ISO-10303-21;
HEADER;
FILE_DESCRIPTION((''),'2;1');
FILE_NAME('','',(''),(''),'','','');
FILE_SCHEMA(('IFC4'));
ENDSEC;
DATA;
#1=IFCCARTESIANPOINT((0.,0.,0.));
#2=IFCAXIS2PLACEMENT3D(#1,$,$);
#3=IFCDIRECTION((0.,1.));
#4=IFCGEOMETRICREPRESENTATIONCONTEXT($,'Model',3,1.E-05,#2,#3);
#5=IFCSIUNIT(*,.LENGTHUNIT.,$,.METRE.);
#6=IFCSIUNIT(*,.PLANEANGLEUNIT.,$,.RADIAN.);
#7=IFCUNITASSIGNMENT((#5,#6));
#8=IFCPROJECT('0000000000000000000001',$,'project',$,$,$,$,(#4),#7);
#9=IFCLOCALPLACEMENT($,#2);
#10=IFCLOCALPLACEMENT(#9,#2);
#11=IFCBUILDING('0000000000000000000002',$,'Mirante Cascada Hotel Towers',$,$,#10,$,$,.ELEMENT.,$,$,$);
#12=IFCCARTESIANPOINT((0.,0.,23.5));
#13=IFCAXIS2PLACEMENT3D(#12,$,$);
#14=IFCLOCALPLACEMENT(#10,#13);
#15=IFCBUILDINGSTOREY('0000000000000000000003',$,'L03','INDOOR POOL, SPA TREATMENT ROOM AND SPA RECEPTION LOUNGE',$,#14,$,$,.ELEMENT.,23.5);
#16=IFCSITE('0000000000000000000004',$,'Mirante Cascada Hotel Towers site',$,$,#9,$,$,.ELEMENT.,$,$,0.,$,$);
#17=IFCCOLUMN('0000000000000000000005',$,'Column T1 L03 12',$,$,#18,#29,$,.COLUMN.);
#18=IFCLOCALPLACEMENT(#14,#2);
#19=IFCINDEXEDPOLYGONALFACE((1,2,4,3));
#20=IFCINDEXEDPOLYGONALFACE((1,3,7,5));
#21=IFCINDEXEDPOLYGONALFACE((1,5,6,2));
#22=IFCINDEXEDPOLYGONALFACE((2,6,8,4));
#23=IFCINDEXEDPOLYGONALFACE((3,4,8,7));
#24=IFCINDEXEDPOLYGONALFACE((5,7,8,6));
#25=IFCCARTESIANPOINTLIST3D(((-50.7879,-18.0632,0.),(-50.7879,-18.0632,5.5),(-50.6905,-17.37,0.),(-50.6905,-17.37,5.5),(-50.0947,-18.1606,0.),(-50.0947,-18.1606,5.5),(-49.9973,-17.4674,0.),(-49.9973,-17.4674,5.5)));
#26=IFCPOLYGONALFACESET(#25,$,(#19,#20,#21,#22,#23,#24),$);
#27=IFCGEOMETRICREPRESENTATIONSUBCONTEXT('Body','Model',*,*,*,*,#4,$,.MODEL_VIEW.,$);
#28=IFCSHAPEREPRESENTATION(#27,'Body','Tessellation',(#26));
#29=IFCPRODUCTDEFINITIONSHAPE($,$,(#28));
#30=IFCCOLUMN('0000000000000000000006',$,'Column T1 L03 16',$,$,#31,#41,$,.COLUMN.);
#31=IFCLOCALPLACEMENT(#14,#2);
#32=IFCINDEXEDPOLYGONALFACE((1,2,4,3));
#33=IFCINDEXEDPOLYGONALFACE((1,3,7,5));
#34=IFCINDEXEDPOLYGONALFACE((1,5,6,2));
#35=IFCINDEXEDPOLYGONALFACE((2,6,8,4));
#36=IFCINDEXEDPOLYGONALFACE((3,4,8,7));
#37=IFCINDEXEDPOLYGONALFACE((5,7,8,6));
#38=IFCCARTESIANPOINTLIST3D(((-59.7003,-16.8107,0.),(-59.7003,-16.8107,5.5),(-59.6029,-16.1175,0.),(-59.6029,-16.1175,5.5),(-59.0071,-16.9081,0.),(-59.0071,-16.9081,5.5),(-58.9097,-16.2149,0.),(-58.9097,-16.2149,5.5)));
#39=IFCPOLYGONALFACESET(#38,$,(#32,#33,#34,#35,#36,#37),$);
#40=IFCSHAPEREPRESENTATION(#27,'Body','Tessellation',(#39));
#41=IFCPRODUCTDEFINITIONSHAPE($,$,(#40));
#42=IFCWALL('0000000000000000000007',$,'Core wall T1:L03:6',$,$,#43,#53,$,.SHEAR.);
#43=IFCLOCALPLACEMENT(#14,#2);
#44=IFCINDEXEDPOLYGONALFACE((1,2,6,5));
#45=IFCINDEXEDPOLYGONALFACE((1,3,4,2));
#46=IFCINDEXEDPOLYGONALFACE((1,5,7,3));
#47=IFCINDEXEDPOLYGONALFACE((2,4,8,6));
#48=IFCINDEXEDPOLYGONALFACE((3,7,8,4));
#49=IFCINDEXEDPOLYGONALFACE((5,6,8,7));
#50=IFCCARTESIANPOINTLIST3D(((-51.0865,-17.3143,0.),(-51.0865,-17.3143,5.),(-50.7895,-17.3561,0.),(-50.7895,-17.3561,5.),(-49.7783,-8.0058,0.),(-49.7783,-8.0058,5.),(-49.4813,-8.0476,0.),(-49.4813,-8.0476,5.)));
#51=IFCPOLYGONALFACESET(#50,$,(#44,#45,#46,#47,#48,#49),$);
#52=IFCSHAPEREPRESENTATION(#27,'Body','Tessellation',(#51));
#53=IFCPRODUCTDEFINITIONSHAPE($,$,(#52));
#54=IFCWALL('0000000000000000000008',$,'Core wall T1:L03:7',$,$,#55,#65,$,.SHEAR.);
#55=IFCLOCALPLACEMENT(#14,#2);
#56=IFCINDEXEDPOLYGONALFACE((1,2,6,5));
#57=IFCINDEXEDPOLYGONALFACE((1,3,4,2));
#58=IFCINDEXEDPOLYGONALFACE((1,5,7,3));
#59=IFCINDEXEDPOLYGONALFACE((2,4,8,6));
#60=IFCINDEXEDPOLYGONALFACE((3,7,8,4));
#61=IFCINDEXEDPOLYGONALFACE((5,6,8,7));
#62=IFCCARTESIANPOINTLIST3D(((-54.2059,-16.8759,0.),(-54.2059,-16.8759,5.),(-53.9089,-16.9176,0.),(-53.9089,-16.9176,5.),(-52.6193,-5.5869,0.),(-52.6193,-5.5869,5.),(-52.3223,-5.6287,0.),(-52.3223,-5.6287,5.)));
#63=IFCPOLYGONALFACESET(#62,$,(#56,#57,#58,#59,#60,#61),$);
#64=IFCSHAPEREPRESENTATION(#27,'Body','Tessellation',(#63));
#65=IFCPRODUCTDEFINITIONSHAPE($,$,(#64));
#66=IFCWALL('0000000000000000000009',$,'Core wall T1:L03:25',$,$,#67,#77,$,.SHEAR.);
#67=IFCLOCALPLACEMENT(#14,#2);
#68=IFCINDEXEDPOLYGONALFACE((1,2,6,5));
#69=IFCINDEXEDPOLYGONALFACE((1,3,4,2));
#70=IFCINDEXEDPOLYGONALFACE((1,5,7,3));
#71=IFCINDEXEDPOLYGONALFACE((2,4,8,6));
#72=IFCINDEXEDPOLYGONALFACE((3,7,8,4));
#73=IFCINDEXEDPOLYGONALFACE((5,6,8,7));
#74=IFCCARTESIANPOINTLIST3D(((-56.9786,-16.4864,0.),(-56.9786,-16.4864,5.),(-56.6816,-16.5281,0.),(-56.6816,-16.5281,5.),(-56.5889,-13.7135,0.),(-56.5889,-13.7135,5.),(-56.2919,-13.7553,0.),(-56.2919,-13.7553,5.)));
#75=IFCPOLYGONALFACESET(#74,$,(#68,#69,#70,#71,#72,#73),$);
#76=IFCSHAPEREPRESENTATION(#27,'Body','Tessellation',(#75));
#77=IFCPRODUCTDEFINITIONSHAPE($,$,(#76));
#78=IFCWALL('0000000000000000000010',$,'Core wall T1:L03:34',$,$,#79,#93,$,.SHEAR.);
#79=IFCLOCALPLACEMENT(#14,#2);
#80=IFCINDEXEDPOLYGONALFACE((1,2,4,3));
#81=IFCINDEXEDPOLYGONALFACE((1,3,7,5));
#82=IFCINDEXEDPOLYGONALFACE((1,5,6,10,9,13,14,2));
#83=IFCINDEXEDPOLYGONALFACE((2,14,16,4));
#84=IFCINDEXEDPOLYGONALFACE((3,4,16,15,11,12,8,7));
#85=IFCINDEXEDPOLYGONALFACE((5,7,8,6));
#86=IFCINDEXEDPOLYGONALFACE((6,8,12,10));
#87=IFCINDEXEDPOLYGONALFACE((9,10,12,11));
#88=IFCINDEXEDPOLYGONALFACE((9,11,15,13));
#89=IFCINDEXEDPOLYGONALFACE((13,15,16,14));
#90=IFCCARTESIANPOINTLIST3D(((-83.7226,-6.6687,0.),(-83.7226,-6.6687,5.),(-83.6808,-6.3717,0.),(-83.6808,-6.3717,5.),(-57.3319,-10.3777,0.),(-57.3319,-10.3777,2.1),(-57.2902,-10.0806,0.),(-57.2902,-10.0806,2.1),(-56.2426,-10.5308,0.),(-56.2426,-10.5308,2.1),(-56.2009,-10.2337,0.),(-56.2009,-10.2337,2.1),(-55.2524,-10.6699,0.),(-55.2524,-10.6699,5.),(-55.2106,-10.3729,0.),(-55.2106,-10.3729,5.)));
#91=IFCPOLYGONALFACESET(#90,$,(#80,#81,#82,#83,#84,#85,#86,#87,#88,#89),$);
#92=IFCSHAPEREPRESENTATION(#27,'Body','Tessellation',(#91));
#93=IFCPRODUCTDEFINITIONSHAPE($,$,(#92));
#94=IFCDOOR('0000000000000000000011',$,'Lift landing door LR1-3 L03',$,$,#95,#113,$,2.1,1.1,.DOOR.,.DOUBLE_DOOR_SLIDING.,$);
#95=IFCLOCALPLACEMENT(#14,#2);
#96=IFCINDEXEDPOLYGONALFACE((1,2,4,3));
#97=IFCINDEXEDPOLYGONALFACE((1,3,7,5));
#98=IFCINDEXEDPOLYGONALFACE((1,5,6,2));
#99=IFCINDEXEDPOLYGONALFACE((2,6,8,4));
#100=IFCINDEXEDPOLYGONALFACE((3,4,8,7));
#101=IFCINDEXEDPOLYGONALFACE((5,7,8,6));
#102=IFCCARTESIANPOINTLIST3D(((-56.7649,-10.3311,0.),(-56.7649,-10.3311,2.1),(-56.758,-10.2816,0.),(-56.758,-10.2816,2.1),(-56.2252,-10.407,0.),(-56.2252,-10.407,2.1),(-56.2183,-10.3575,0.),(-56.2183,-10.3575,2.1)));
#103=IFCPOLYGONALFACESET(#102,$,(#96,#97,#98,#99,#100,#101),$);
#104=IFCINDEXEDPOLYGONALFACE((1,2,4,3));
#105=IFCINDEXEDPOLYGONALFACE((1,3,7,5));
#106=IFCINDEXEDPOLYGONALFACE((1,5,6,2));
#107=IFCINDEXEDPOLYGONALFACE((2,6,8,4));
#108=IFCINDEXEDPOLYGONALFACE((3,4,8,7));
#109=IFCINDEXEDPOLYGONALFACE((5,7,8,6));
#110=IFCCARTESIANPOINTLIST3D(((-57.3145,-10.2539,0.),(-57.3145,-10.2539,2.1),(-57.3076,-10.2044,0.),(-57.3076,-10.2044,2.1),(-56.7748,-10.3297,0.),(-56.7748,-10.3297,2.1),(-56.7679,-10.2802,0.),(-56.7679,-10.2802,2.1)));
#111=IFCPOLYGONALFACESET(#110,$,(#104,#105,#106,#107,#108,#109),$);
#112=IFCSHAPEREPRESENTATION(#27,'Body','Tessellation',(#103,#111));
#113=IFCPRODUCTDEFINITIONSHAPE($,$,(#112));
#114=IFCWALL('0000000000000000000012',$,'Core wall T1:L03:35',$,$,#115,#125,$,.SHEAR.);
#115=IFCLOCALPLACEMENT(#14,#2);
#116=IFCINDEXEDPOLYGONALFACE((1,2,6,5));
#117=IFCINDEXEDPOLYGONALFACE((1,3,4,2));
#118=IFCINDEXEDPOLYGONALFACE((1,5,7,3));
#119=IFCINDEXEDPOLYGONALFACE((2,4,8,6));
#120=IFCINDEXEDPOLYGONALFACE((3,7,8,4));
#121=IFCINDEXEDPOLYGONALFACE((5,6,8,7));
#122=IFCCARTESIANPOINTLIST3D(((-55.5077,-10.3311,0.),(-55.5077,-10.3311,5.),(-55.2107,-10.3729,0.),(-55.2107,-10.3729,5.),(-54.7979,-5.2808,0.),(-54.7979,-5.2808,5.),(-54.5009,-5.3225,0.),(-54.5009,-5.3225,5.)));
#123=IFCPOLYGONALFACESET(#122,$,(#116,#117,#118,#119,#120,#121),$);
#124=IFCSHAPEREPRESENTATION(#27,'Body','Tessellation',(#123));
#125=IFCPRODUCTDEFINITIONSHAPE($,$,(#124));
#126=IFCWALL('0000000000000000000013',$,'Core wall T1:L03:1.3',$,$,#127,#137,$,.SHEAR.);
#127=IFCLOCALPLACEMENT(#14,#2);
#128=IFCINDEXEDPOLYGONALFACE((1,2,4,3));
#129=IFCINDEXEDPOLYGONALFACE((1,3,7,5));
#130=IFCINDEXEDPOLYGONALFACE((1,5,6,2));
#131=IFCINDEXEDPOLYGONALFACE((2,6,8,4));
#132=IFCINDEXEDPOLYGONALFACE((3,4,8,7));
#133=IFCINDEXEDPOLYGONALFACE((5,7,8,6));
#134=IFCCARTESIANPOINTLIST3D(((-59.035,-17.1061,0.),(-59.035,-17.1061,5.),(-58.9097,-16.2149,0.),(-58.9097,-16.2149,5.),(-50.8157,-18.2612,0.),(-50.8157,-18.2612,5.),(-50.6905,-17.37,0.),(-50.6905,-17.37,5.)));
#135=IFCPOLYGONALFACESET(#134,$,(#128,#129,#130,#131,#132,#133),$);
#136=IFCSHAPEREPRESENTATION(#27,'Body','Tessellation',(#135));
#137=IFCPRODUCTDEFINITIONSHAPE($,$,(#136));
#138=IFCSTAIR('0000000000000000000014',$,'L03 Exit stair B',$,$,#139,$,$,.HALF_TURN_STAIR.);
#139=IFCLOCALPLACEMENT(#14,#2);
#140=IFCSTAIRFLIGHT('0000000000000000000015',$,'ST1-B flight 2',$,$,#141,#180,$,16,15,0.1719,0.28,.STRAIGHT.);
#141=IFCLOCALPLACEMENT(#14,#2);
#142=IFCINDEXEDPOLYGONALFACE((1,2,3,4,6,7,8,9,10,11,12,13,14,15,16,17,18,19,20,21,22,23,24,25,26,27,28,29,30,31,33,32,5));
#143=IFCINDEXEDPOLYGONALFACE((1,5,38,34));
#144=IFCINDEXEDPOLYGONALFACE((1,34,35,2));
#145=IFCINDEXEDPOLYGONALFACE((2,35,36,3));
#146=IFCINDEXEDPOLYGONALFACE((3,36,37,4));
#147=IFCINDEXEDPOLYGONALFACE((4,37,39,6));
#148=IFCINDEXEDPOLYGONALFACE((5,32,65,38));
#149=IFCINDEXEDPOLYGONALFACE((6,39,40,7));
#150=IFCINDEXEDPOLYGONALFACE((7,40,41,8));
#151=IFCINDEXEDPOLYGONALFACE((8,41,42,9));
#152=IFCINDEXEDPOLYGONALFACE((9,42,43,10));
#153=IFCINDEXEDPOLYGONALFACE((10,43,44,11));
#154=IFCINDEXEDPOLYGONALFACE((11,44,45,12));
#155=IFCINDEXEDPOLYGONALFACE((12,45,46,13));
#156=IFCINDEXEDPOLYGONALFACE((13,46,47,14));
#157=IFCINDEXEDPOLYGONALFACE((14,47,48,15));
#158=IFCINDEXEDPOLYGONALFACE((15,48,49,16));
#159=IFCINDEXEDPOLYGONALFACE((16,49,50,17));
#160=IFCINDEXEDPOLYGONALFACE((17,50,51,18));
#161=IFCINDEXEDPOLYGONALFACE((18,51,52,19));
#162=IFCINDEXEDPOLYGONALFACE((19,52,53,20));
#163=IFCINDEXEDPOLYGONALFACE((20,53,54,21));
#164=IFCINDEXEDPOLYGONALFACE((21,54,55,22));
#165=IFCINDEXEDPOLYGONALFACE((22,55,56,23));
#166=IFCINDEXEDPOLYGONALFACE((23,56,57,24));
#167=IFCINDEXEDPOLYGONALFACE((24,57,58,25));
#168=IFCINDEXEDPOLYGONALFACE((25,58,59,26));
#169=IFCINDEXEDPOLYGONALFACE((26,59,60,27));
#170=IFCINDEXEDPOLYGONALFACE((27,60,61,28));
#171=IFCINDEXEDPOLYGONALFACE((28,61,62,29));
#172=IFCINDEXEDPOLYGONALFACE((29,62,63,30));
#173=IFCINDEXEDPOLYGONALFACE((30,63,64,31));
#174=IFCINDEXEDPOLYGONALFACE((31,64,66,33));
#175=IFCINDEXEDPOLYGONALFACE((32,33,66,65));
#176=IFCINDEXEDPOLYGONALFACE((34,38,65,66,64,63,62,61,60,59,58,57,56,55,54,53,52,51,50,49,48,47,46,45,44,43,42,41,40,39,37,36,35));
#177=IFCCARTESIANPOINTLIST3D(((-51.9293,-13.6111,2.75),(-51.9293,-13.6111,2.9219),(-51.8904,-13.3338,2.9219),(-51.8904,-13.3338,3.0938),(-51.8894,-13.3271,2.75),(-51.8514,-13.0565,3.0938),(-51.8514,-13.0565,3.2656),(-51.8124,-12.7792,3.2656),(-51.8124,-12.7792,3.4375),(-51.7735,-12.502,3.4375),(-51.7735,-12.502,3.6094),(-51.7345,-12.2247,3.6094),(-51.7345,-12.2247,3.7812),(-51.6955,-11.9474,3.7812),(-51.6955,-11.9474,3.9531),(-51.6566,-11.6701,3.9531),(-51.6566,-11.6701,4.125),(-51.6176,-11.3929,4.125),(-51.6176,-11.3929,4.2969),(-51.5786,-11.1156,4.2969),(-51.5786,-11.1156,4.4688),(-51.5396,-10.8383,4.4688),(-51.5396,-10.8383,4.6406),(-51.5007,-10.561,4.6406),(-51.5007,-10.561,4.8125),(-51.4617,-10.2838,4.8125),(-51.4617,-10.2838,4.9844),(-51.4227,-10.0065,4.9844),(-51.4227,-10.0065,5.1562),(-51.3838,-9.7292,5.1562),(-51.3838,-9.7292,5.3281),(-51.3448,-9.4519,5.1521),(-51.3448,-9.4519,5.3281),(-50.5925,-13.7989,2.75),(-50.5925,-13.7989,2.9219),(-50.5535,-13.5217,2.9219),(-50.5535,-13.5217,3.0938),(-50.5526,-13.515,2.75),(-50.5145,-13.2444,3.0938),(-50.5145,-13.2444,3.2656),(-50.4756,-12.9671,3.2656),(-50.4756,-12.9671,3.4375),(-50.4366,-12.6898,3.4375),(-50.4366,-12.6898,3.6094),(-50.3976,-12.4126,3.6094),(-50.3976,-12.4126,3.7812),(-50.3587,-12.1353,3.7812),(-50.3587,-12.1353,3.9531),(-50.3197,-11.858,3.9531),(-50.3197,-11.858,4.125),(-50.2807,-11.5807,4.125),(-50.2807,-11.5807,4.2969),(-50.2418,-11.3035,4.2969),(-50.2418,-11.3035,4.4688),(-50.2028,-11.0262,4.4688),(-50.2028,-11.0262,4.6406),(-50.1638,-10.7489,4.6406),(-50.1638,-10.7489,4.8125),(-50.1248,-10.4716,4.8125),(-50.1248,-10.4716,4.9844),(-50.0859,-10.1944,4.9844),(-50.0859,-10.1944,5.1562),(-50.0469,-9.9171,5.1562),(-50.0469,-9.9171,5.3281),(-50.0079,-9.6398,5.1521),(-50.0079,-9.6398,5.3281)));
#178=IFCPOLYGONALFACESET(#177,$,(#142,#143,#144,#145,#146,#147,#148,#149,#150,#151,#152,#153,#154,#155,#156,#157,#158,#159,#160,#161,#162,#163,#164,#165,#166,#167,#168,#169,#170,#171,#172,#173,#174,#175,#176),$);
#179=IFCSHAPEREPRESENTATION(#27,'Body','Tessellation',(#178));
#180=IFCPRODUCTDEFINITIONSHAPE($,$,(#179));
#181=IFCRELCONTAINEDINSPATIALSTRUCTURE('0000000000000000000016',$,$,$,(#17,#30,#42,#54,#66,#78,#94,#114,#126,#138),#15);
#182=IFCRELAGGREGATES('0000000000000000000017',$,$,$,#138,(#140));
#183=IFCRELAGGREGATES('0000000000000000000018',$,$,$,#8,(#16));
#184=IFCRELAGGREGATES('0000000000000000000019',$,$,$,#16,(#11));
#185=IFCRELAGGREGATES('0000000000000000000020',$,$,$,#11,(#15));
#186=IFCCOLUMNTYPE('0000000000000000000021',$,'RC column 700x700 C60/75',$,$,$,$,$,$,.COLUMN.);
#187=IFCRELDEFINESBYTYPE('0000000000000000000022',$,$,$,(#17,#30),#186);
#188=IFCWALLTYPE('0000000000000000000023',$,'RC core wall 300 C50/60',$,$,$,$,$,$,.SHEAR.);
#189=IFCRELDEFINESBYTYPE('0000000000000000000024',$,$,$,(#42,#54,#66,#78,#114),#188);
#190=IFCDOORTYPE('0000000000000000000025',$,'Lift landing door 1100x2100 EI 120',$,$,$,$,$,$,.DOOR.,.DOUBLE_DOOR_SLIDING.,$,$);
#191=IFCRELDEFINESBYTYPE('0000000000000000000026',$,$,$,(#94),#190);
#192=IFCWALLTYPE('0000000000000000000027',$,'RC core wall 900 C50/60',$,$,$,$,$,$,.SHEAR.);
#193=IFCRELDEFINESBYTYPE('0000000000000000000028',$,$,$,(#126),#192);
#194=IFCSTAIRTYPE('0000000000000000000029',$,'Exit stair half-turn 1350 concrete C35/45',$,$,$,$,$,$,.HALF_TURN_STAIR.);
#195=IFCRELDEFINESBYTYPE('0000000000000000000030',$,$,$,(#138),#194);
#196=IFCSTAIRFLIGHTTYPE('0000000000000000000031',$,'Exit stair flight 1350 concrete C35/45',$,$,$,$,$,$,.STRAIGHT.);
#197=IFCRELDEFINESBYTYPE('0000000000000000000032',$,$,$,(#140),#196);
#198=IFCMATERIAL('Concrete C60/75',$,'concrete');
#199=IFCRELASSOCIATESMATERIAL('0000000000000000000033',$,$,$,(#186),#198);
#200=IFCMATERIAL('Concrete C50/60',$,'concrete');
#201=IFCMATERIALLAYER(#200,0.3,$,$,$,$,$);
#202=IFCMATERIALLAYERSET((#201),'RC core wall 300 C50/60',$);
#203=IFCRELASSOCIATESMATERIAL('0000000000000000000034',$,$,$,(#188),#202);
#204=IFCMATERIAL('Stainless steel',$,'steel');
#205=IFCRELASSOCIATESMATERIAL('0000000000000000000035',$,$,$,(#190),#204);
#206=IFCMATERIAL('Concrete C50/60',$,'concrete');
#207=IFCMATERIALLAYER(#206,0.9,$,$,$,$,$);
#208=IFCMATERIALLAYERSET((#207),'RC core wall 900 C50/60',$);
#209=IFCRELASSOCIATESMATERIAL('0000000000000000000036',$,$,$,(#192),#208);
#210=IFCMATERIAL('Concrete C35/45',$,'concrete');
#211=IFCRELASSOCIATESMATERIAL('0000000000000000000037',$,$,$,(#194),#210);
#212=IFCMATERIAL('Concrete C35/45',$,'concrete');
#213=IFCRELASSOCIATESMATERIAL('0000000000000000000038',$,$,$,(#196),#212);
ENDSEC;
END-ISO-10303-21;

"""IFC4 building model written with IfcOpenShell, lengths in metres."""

from ifc_helpers import new_model, si_unit, direction, frame, frame_2d, origin, origin_2d, place, context, subcontext, project, spatial, polyline, rectangle, outline, extrude, material, layer, layer_set, material_profile, profile_set, type_object, element, fill, aggregate, save


model = new_model("IFC4")

# Units and contexts
model_context = context("Model", 3, precision=1e-05, world=origin(), true_north=direction((0.0, 1.0)))
body_context = subcontext(model_context, "Body", "Model", "MODEL_VIEW")
ifc_project = project(units=[si_unit("LENGTHUNIT", "METRE"), si_unit("PLANEANGLEUNIT", "RADIAN")], contexts=[model_context])

# Site, building, storey
site_placement = place(None, origin())
site = spatial("IfcSite", under=ifc_project, at=site_placement, Name="Mirante Cascada Hotel Towers site", CompositionType="ELEMENT", RefElevation=0.0)
building_placement = place(site_placement, origin())
building = spatial("IfcBuilding", under=site, at=building_placement, Name="Mirante Cascada Hotel Towers", CompositionType="ELEMENT")
storey_placement = place(building_placement, frame((0.0, 0.0, 23.5)))
storey = spatial("IfcBuildingStorey", under=building, at=storey_placement, Name="L03", Description="INDOOR POOL, SPA TREATMENT ROOM AND SPA RECEPTION LOUNGE", CompositionType="ELEMENT", Elevation=23.5)

# Columns
ifc_material_1 = material(Name="Concrete C60/75", Category="concrete")
ifc_material_profile = material_profile(ifc_material_1, rectangle(XDim=0.7, YDim=0.7, at=origin_2d()), Name="RC column 700x700 C60/75")
ifc_profile_set = profile_set([ifc_material_profile], Name="Concrete C60/75")
column_type = type_object("IfcColumnType", Name="RC column 700x700 C60/75", PredefinedType="COLUMN", material=ifc_profile_set)
for number, where, z_axis, x_axis, name in (
    (1, (-50.3926, -17.7653, 0.0), (0.0, 0.0, 1.0), (-0.990268, 0.139173, 0.0), "Column T1 L03 12"),
    (2, (-59.305, -16.5128, 0.0), (0.0, 0.0, 1.0), (-0.990268, 0.139173, 0.0), "Column T1 L03 16"),
):
    element("IfcColumn", number, at=place(storey_placement, frame(where, z_axis=z_axis, x_axis=x_axis)), inside=storey, type_object=column_type, Name=name, PredefinedType="COLUMN", context=body_context, shape_type="SweptSolid", body=[
        extrude(rectangle(XDim=0.7, YDim=0.7, at=origin_2d()), origin(), (0.0, 0.0, 1.0), 5.5),
    ])

# Walls
ifc_material_2 = material(Name="Concrete C50/60", Category="concrete")
ifc_layer_1 = layer(ifc_material_2, 0.3)
ifc_layer_set_1 = layer_set([ifc_layer_1], Name="RC core wall 300 C50/60")
wall_type_1 = type_object("IfcWallType", Name="RC core wall 300 C50/60", PredefinedType="SHEAR", material=ifc_layer_set_1)
wall_1_placement = place(storey_placement, frame((-50.938, -17.3352, 0.0), z_axis=(0.0, 0.0, 1.0), x_axis=(0.139171, 0.990268, 0.0)))
element("IfcWall", 3, at=wall_1_placement, inside=storey, type_object=wall_type_1, Name="Core wall T1:L03:6", PredefinedType="SHEAR", context=body_context, shape_type="SweptSolid", body=[
    extrude(rectangle(XDim=9.4, YDim=0.3, at=frame_2d((4.7, 0.0))), origin(), (0.0, 0.0, 1.0), 5.0),
])
wall_2_placement = place(storey_placement, frame((-54.0574, -16.8968, 0.0), z_axis=(0.0, 0.0, 1.0), x_axis=(0.139176, 0.990268, 0.0)))
element("IfcWall", 4, at=wall_2_placement, inside=storey, type_object=wall_type_1, Name="Core wall T1:L03:7", PredefinedType="SHEAR", context=body_context, shape_type="SweptSolid", body=[
    extrude(rectangle(XDim=11.3999, YDim=0.3, at=frame_2d((5.7, 0.0))), origin(), (0.0, 0.0, 1.0), 5.0),
])

# Shared definitions
ifc_material_3 = material(Name="Stainless steel", Category="steel")
door_type_1 = type_object("IfcDoorType", Name="Lift landing door 1100x2100 EI 120", OperationType="DOUBLE_DOOR_SLIDING", PredefinedType="DOOR", material=ifc_material_3)

# Wall
wall_3_placement = place(storey_placement, frame((-56.8301, -16.5072, 0.0), z_axis=(0.0, 0.0, 1.0), x_axis=(0.139176, 0.990268, 0.0)))
element("IfcWall", 5, at=wall_3_placement, inside=storey, type_object=wall_type_1, Name="Core wall T1:L03:25", PredefinedType="SHEAR", context=body_context, shape_type="SweptSolid", body=[
    extrude(rectangle(XDim=2.8001, YDim=0.3, at=frame_2d((1.4, 0.0))), origin(), (0.0, 0.0, 1.0), 5.0),
])

# Wall, opening, door
wall_4_placement = place(storey_placement, frame((-55.2315, -10.5214, 0.0), z_axis=(0.0, 0.0, 1.0), x_axis=(-0.990268, 0.139172, 0.0)))
wall_4 = element("IfcWall", 6, at=wall_4_placement, inside=storey, type_object=wall_type_1, Name="Core wall T1:L03:34", PredefinedType="SHEAR", context=body_context, shape_type="SweptSolid", body=[
    extrude(rectangle(XDim=28.75, YDim=0.3, at=frame_2d((14.375, 0.0))), origin(), (0.0, 0.0, 1.0), 5.0),
])
opening_1_placement = place(wall_4_placement, frame((1.0, 0.0, 0.0)))
opening_1 = element("IfcOpeningElement", 7, at=opening_1_placement, cuts=wall_4, PredefinedType="OPENING", context=body_context, shape_type="SweptSolid", body=[
    extrude(rectangle(XDim=1.1, YDim=2.1, at=frame_2d((0.55, 1.05))), frame((0.0, 0.15, 0.0), z_axis=(0.0, -1.0, 0.0), x_axis=(1.0, 0.0, 0.0)), (0.0, 0.0, 1.0), 0.3),
])
door_1_placement = place(opening_1_placement, origin())
door_1 = element("IfcDoor", 8, at=door_1_placement, inside=storey, type_object=door_type_1, Name="Lift landing door LR1-3 L03", OperationType="DOUBLE_DOOR_SLIDING", OverallHeight=2.1, OverallWidth=1.1, PredefinedType="DOOR", context=body_context, shape_type="SweptSolid", body=[
    extrude(rectangle(XDim=0.545, YDim=2.1, at=frame_2d((0.2725, 1.05))), frame((0.0, 0.025, 0.0), z_axis=(0.0, -1.0, 0.0), x_axis=(1.0, 0.0, 0.0)), (0.0, 0.0, 1.0), 0.05),
    extrude(rectangle(XDim=0.545, YDim=2.1, at=frame_2d((0.8275, 1.05))), frame((0.0, 0.025, 0.0), z_axis=(0.0, -1.0, 0.0), x_axis=(1.0, 0.0, 0.0)), (0.0, 0.0, 1.0), 0.05),
])
fill(opening_1, door_1)

# Walls
wall_5_placement = place(storey_placement, frame((-55.3592, -10.352, 0.0), z_axis=(0.0, 0.0, 1.0), x_axis=(0.139176, 0.990268, 0.0)))
element("IfcWall", 9, at=wall_5_placement, inside=storey, type_object=wall_type_1, Name="Core wall T1:L03:35", PredefinedType="SHEAR", context=body_context, shape_type="SweptSolid", body=[
    extrude(rectangle(XDim=5.1, YDim=0.3, at=frame_2d((2.55, 0.0))), origin(), (0.0, 0.0, 1.0), 5.0),
])
ifc_material_4 = material(Name="Concrete C50/60", Category="concrete")
ifc_layer_2 = layer(ifc_material_4, 0.9)
ifc_layer_set_2 = layer_set([ifc_layer_2], Name="RC core wall 900 C50/60")
wall_type_2 = type_object("IfcWallType", Name="RC core wall 900 C50/60", PredefinedType="SHEAR", material=ifc_layer_set_2)
wall_6_placement = place(storey_placement, frame((-50.7531, -17.8156, 0.0), z_axis=(0.0, 0.0, 1.0), x_axis=(-0.990269, 0.139169, 0.0)))
element("IfcWall", 10, at=wall_6_placement, inside=storey, type_object=wall_type_2, Name="Core wall T1:L03:1.3", PredefinedType="SHEAR", context=body_context, shape_type="SweptSolid", body=[
    extrude(rectangle(XDim=8.3, YDim=0.9, at=frame_2d((4.15, 0.0))), origin(), (0.0, 0.0, 1.0), 5.0),
])

# Stair, stair flight
ifc_material_5 = material(Name="Concrete C35/45", Category="concrete")
stair_type = type_object("IfcStairType", Name="Exit stair half-turn 1350 concrete C35/45", PredefinedType="HALF_TURN_STAIR", material=ifc_material_5)
stair_placement = place(storey_placement, origin())
stair = element("IfcStair", 11, at=stair_placement, inside=storey, type_object=stair_type, Name="L03 Exit stair B", PredefinedType="HALF_TURN_STAIR")
ifc_material_6 = material(Name="Concrete C35/45", Category="concrete")
stair_flight_type = type_object("IfcStairFlightType", Name="Exit stair flight 1350 concrete C35/45", PredefinedType="STRAIGHT", material=ifc_material_6)
stair_flight_placement = place(storey_placement, frame((-51.2609, -13.705, 2.75), z_axis=(0.0, 0.0, 1.0), x_axis=(0.139173, 0.990268, 0.0)))
stair_flight = element("IfcStairFlight", 12, at=stair_flight_placement, type_object=stair_flight_type, Name="ST1-B flight 2", NumberOfRisers=16, NumberOfTreads=15, PredefinedType="STRAIGHT", RiserHeight=0.1719, TreadLength=0.28, context=body_context, shape_type="SweptSolid", body=[
    extrude(outline(polyline([(0.0, 0.0), (0.0, 0.1719), (0.28, 0.1719), (0.28, 0.3438), (0.56, 0.3438), (0.56, 0.5156), (0.84, 0.5156), (0.84, 0.6875), (1.12, 0.6875), (1.12, 0.8594), (1.4, 0.8594), (1.4, 1.0312), (1.68, 1.0312), (1.68, 1.2031), (1.96, 1.2031), (1.96, 1.375), (2.24, 1.375), (2.24, 1.5469), (2.52, 1.5469), (2.52, 1.7188), (2.8, 1.7188), (2.8, 1.8906), (3.08, 1.8906), (3.08, 2.0625), (3.36, 2.0625), (3.36, 2.2344), (3.64, 2.2344), (3.64, 2.4062), (3.92, 2.4062), (3.92, 2.5781), (4.2, 2.5781), (4.2, 2.75), (4.2, 2.4021), (0.2867, 0.0), (0.0, 0.0)])), frame((0.0, 0.675, 0.0), z_axis=(0.0, -1.0, 0.0), x_axis=(1.0, 0.0, 0.0)), (0.0, 0.0, 1.0), 1.35),
])
aggregate(stair, [stair_flight])

save(model, "model.ifc")
